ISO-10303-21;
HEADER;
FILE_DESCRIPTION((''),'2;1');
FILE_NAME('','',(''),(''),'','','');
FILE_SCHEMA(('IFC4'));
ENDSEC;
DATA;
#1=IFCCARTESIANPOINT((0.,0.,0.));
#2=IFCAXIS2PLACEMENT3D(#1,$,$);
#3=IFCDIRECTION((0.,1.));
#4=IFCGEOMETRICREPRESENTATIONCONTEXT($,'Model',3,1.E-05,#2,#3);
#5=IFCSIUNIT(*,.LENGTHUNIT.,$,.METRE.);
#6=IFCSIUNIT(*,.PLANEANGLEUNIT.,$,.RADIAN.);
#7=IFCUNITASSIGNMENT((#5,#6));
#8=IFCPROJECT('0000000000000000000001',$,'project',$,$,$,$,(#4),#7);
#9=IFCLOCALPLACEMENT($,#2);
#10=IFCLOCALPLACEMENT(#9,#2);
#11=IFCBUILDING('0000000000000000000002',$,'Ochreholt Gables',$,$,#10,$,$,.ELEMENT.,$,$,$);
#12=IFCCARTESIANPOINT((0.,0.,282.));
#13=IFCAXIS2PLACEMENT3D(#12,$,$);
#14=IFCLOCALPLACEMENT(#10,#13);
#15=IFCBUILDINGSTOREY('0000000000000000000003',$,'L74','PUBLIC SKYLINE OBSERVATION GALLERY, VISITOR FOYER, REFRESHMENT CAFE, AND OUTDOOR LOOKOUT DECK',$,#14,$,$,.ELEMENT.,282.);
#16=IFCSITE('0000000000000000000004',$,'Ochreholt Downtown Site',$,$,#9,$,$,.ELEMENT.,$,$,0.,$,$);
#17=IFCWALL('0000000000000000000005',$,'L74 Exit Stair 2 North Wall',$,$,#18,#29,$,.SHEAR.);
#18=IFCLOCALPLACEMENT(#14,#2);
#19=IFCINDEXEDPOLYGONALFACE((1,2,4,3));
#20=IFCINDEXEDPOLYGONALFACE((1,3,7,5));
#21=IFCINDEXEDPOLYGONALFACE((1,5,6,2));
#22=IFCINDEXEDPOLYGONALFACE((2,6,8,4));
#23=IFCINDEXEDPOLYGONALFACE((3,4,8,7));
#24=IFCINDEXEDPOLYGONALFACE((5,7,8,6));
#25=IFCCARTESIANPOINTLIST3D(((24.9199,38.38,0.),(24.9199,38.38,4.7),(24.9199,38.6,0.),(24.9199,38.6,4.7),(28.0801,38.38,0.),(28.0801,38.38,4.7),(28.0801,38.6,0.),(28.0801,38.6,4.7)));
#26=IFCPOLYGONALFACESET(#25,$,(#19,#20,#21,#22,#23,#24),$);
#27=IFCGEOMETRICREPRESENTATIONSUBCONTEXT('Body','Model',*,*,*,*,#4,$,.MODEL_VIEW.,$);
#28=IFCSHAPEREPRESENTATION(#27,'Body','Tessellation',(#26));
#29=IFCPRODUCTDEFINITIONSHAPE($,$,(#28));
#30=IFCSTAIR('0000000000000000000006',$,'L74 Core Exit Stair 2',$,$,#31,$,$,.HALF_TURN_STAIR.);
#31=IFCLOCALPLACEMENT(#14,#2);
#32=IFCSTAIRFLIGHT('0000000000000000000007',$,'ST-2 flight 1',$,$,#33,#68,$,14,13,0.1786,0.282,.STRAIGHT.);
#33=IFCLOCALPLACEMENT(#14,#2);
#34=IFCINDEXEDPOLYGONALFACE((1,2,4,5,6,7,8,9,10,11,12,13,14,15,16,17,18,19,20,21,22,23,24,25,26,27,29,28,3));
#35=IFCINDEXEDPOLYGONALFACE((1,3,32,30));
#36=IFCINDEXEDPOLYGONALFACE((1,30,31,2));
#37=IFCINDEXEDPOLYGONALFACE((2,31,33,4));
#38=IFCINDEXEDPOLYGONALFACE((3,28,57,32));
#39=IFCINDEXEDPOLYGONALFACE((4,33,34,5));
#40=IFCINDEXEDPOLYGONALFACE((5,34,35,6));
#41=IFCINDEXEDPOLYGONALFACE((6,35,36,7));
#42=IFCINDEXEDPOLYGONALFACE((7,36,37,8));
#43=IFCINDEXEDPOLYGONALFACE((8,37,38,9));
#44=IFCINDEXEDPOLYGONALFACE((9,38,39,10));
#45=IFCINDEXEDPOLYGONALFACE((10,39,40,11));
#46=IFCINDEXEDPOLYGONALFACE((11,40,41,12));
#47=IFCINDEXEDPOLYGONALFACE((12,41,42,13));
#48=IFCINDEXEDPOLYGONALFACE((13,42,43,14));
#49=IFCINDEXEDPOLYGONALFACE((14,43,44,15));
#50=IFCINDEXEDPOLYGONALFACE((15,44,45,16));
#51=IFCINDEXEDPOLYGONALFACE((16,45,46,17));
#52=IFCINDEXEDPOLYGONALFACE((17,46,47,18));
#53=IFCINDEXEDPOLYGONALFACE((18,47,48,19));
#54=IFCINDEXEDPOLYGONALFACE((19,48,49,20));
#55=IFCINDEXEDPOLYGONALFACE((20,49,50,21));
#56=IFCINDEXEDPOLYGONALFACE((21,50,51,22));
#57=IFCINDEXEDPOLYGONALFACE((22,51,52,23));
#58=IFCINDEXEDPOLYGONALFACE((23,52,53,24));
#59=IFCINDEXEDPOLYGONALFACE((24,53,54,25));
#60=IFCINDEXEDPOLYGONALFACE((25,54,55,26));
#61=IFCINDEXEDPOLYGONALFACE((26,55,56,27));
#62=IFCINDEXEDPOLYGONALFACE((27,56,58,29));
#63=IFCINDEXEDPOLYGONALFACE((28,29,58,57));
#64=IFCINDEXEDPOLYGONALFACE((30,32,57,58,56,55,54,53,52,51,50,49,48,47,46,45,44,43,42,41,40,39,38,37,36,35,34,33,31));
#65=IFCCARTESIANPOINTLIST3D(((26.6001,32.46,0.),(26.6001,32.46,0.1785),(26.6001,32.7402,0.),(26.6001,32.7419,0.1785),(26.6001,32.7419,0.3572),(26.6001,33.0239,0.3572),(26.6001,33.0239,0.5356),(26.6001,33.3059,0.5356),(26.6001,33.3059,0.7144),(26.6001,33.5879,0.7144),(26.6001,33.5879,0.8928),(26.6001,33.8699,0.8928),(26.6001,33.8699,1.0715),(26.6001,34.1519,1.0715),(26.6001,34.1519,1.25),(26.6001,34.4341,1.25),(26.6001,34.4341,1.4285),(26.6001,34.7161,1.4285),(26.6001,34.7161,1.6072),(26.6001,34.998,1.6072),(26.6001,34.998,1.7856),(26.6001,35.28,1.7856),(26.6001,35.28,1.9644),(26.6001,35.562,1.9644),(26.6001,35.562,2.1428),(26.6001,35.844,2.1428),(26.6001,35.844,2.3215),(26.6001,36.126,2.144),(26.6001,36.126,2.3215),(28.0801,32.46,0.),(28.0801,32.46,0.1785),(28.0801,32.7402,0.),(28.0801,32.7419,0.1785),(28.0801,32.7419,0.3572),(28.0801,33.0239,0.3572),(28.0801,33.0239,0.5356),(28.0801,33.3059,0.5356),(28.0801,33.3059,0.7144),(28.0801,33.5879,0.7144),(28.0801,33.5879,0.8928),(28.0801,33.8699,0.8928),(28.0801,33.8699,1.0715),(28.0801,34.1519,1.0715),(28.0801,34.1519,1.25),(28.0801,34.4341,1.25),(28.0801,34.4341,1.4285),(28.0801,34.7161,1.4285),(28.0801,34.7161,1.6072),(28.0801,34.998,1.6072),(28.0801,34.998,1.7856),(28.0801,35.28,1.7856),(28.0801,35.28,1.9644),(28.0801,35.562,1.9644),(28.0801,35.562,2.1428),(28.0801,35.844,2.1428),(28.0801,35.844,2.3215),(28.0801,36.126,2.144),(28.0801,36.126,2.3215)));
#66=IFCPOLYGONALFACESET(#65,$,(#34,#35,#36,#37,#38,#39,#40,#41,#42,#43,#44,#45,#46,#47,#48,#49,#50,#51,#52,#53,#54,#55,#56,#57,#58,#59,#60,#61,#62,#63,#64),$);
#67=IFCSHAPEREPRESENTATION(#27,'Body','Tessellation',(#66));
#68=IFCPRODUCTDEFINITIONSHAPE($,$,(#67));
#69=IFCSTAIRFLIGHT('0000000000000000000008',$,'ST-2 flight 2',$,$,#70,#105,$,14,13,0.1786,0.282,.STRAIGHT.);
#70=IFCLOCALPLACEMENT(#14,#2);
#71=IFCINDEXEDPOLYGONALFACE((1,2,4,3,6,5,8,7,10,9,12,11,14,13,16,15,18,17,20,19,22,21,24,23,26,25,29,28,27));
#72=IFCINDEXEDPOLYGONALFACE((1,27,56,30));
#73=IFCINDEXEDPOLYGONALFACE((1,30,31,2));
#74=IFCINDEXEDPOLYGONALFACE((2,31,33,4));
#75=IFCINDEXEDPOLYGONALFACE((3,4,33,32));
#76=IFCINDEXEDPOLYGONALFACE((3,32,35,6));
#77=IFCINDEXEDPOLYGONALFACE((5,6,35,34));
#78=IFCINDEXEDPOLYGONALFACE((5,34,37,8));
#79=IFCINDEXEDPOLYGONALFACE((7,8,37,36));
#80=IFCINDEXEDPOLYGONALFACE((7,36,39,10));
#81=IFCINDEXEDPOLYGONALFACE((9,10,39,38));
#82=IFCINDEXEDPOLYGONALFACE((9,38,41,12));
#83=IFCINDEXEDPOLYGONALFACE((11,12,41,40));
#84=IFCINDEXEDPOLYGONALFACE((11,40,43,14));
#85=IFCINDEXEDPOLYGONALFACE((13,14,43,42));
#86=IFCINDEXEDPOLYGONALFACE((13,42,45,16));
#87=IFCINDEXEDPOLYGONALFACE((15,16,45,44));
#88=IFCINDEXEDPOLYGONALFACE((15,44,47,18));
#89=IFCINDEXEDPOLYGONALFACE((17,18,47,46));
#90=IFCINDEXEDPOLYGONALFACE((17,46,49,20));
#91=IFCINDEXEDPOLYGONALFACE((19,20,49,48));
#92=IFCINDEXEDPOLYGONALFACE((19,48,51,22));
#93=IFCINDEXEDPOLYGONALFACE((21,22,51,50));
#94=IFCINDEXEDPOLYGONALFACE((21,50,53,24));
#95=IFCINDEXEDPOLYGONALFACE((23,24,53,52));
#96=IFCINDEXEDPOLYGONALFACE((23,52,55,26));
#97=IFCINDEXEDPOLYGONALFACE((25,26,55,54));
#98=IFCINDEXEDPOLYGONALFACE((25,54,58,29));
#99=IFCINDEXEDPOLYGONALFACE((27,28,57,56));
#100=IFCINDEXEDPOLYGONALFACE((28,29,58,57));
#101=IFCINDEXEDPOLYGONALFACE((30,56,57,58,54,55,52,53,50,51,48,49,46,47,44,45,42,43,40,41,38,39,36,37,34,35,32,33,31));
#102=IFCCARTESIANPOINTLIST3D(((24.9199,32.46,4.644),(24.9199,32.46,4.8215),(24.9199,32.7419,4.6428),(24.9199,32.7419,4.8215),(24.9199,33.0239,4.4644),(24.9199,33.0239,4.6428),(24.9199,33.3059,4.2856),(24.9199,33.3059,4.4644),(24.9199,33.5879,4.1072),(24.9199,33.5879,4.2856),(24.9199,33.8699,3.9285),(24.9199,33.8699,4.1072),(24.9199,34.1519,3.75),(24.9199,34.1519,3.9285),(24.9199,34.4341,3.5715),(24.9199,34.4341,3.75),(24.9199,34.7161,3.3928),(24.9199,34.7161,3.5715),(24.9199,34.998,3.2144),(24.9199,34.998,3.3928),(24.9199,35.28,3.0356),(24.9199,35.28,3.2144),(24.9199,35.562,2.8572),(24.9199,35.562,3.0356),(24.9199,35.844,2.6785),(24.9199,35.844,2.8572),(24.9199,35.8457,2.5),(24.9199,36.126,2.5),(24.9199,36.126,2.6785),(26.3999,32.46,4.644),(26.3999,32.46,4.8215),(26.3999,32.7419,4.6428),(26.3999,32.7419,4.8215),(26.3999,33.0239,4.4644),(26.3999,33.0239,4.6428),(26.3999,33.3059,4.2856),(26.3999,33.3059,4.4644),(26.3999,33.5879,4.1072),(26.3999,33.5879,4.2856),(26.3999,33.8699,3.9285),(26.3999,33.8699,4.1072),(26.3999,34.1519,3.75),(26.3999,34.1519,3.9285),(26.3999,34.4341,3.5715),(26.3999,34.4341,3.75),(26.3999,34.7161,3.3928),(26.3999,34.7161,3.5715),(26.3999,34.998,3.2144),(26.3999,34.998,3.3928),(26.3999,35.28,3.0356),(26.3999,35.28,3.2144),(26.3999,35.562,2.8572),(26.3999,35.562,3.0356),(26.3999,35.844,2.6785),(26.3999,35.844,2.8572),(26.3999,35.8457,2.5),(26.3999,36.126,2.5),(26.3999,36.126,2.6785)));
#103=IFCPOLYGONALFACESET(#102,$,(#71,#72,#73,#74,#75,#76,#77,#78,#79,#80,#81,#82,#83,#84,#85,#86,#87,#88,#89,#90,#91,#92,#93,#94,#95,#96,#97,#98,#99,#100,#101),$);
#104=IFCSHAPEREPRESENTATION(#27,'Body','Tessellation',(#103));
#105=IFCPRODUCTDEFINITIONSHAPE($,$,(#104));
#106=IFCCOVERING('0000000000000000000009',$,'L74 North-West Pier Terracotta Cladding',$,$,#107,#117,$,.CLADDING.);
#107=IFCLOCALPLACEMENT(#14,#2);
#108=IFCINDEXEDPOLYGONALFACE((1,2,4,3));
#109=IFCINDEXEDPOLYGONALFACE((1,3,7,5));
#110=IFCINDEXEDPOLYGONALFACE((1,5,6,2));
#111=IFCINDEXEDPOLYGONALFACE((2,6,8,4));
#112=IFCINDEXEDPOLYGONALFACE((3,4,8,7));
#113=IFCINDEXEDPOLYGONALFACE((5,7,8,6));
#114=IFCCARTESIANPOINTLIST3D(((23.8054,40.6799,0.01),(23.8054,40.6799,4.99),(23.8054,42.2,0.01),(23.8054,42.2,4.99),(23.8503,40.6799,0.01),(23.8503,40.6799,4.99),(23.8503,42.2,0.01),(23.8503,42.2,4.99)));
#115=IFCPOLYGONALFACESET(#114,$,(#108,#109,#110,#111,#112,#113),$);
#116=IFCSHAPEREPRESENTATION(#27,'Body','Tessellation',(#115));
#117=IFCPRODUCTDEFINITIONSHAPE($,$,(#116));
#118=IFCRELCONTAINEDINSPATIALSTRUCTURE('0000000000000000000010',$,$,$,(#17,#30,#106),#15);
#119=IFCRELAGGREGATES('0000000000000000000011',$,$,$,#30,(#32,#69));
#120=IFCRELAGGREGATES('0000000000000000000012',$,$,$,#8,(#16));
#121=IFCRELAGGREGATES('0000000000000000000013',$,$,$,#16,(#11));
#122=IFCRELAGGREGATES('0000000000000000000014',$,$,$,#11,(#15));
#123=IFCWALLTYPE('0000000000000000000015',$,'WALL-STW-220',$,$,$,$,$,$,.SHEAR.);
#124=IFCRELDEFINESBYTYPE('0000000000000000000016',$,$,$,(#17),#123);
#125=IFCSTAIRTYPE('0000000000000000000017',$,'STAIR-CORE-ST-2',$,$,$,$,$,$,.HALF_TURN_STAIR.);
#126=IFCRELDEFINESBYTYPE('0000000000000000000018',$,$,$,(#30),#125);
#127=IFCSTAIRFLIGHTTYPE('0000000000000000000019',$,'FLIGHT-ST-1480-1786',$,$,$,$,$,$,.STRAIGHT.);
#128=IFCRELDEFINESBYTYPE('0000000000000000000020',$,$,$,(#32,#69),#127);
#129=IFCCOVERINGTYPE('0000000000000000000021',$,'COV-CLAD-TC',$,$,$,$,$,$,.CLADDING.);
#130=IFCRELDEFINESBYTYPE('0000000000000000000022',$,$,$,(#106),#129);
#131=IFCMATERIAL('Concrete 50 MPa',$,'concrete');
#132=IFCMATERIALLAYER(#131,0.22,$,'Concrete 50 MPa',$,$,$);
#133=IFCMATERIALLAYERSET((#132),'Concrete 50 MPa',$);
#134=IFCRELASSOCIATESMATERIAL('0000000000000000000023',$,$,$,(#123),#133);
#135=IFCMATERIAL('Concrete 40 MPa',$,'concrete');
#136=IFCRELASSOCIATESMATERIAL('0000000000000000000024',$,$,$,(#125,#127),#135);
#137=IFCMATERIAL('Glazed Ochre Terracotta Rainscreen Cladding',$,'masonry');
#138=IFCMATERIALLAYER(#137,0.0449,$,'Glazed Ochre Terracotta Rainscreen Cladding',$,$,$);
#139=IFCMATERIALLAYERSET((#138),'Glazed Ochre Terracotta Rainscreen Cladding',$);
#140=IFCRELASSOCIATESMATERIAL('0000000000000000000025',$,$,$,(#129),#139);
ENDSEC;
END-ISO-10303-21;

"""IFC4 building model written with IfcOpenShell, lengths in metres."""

from ifc_helpers import new_model, si_unit, direction, frame, frame_2d, origin, origin_2d, place, context, subcontext, project, spatial, polyline, rectangle, outline, extrude, material, layer, layer_set, type_object, element, aggregate, save


model = new_model("IFC4")

# Units and contexts
model_context = context("Model", 3, precision=1e-05, world=origin(), true_north=direction((0.0, 1.0)))
body_context = subcontext(model_context, "Body", "Model", "MODEL_VIEW")
ifc_project = project(units=[si_unit("LENGTHUNIT", "METRE"), si_unit("PLANEANGLEUNIT", "RADIAN")], contexts=[model_context])

# Site, building, storey
site_placement = place(None, origin())
site = spatial("IfcSite", under=ifc_project, at=site_placement, Name="Ochreholt Downtown Site", CompositionType="ELEMENT", RefElevation=0.0)
building_placement = place(site_placement, origin())
building = spatial("IfcBuilding", under=site, at=building_placement, Name="Ochreholt Gables", CompositionType="ELEMENT")
storey_placement = place(building_placement, frame((0.0, 0.0, 282.0)))
storey = spatial("IfcBuildingStorey", under=building, at=storey_placement, Name="L74", Description="PUBLIC SKYLINE OBSERVATION GALLERY, VISITOR FOYER, REFRESHMENT CAFE, AND OUTDOOR LOOKOUT DECK", CompositionType="ELEMENT", Elevation=282.0)

# Shared definitions
ifc_material_1 = material(Name="Concrete 50 MPa", Category="concrete")

# Wall
ifc_layer_1 = layer(ifc_material_1, 0.22, Name="Concrete 50 MPa")
ifc_layer_set_1 = layer_set([ifc_layer_1], Name="Concrete 50 MPa")
wall_type_1 = type_object("IfcWallType", Name="WALL-STW-220", PredefinedType="SHEAR", material=ifc_layer_set_1)
wall_1_placement = place(storey_placement, frame((24.9199, 38.49, 0.0), z_axis=(0.0, 0.0, 1.0), x_axis=(1.0, 0.0, 0.0)))
element("IfcWall", 1, at=wall_1_placement, inside=storey, type_object=wall_type_1, Name="L74 Exit Stair 2 North Wall", PredefinedType="SHEAR", context=body_context, shape_type="SweptSolid", body=[
    extrude(rectangle(XDim=3.1602, YDim=0.22, at=frame_2d((1.5801, 0.0))), origin(), (0.0, 0.0, 1.0), 4.7),
])

# Stair, stair flights
ifc_material_2 = material(Name="Concrete 40 MPa", Category="concrete")
stair_type = type_object("IfcStairType", Name="STAIR-CORE-ST-2", PredefinedType="HALF_TURN_STAIR", material=ifc_material_2)
stair_placement = place(storey_placement, origin())
stair = element("IfcStair", 2, at=stair_placement, inside=storey, type_object=stair_type, Name="L74 Core Exit Stair 2", PredefinedType="HALF_TURN_STAIR")
stair_flight_type = type_object("IfcStairFlightType", Name="FLIGHT-ST-1480-1786", PredefinedType="STRAIGHT", material=ifc_material_2)
stair_flight_1_placement = place(storey_placement, frame((27.3401, 32.46, 0.0), z_axis=(0.0, 0.0, 1.0), x_axis=(0.0, 1.0, 0.0)))
stair_flight_1 = element("IfcStairFlight", 3, at=stair_flight_1_placement, type_object=stair_flight_type, Name="ST-2 flight 1", NumberOfRisers=14, NumberOfTreads=13, PredefinedType="STRAIGHT", RiserHeight=0.1786, TreadLength=0.282, context=body_context, shape_type="SweptSolid", body=[
    extrude(outline(polyline([(0.0, 0.0), (0.0, 0.1785), (0.282, 0.1785), (0.282, 0.3572), (0.564, 0.3572), (0.564, 0.5356), (0.8459, 0.5356), (0.8459, 0.7144), (1.1279, 0.7144), (1.1279, 0.8928), (1.4099, 0.8928), (1.4099, 1.0715), (1.6919, 1.0715), (1.6919, 1.25), (1.9741, 1.25), (1.9741, 1.4285), (2.2561, 1.4285), (2.2561, 1.6072), (2.5381, 1.6072), (2.5381, 1.7856), (2.8201, 1.7856), (2.8201, 1.9644), (3.1021, 1.9644), (3.1021, 2.1428), (3.384, 2.1428), (3.384, 2.3215), (3.666, 2.3215), (3.666, 2.5), (3.666, 2.144), (0.2803, 0.0), (0.0, 0.0)])), frame((0.0, 0.74, 0.0), z_axis=(0.0, -1.0, 0.0), x_axis=(1.0, 0.0, 0.0)), (0.0, 0.0, 1.0), 1.48),
])
stair_flight_2_placement = place(storey_placement, frame((25.6599, 36.126, 2.5), z_axis=(0.0, 0.0, 1.0), x_axis=(0.0, -1.0, 0.0)))
stair_flight_2 = element("IfcStairFlight", 4, at=stair_flight_2_placement, type_object=stair_flight_type, Name="ST-2 flight 2", NumberOfRisers=14, NumberOfTreads=13, PredefinedType="STRAIGHT", RiserHeight=0.1786, TreadLength=0.282, context=body_context, shape_type="SweptSolid", body=[
    extrude(outline(polyline([(0.0, 0.0), (0.0, 0.1785), (0.282, 0.1785), (0.282, 0.3572), (0.564, 0.3572), (0.564, 0.5356), (0.8459, 0.5356), (0.8459, 0.7144), (1.1279, 0.7144), (1.1279, 0.8928), (1.4099, 0.8928), (1.4099, 1.0715), (1.6919, 1.0715), (1.6919, 1.25), (1.9741, 1.25), (1.9741, 1.4285), (2.2561, 1.4285), (2.2561, 1.6072), (2.5381, 1.6072), (2.5381, 1.7856), (2.8201, 1.7856), (2.8201, 1.9644), (3.1021, 1.9644), (3.1021, 2.1428), (3.384, 2.1428), (3.384, 2.3215), (3.666, 2.3215), (3.666, 2.5), (3.666, 2.144), (0.2803, 0.0), (0.0, 0.0)])), frame((0.0, 0.74, 0.0), z_axis=(0.0, -1.0, 0.0), x_axis=(1.0, 0.0, 0.0)), (0.0, 0.0, 1.0), 1.48),
])
aggregate(stair, [stair_flight_1, stair_flight_2])

# Covering
ifc_material_3 = material(Name="Glazed Ochre Terracotta Rainscreen Cladding", Category="masonry")
ifc_layer_2 = layer(ifc_material_3, 0.0449, Name="Glazed Ochre Terracotta Rainscreen Cladding")
ifc_layer_set_2 = layer_set([ifc_layer_2], Name="Glazed Ochre Terracotta Rainscreen Cladding")
covering_type = type_object("IfcCoveringType", Name="COV-CLAD-TC", PredefinedType="CLADDING", material=ifc_layer_set_2)
covering_placement = place(storey_placement, frame((23.8279, 41.4399, 0.01), z_axis=(0.0, 0.0, 1.0), x_axis=(0.0, 1.0, 0.0)))
element("IfcCovering", 5, at=covering_placement, inside=storey, type_object=covering_type, Name="L74 North-West Pier Terracotta Cladding", PredefinedType="CLADDING", context=body_context, shape_type="SweptSolid", body=[
    extrude(rectangle(XDim=1.52, YDim=0.0449, at=origin_2d()), origin(), (0.0, 0.0, 1.0), 4.98),
])

save(model, "model.ifc")
